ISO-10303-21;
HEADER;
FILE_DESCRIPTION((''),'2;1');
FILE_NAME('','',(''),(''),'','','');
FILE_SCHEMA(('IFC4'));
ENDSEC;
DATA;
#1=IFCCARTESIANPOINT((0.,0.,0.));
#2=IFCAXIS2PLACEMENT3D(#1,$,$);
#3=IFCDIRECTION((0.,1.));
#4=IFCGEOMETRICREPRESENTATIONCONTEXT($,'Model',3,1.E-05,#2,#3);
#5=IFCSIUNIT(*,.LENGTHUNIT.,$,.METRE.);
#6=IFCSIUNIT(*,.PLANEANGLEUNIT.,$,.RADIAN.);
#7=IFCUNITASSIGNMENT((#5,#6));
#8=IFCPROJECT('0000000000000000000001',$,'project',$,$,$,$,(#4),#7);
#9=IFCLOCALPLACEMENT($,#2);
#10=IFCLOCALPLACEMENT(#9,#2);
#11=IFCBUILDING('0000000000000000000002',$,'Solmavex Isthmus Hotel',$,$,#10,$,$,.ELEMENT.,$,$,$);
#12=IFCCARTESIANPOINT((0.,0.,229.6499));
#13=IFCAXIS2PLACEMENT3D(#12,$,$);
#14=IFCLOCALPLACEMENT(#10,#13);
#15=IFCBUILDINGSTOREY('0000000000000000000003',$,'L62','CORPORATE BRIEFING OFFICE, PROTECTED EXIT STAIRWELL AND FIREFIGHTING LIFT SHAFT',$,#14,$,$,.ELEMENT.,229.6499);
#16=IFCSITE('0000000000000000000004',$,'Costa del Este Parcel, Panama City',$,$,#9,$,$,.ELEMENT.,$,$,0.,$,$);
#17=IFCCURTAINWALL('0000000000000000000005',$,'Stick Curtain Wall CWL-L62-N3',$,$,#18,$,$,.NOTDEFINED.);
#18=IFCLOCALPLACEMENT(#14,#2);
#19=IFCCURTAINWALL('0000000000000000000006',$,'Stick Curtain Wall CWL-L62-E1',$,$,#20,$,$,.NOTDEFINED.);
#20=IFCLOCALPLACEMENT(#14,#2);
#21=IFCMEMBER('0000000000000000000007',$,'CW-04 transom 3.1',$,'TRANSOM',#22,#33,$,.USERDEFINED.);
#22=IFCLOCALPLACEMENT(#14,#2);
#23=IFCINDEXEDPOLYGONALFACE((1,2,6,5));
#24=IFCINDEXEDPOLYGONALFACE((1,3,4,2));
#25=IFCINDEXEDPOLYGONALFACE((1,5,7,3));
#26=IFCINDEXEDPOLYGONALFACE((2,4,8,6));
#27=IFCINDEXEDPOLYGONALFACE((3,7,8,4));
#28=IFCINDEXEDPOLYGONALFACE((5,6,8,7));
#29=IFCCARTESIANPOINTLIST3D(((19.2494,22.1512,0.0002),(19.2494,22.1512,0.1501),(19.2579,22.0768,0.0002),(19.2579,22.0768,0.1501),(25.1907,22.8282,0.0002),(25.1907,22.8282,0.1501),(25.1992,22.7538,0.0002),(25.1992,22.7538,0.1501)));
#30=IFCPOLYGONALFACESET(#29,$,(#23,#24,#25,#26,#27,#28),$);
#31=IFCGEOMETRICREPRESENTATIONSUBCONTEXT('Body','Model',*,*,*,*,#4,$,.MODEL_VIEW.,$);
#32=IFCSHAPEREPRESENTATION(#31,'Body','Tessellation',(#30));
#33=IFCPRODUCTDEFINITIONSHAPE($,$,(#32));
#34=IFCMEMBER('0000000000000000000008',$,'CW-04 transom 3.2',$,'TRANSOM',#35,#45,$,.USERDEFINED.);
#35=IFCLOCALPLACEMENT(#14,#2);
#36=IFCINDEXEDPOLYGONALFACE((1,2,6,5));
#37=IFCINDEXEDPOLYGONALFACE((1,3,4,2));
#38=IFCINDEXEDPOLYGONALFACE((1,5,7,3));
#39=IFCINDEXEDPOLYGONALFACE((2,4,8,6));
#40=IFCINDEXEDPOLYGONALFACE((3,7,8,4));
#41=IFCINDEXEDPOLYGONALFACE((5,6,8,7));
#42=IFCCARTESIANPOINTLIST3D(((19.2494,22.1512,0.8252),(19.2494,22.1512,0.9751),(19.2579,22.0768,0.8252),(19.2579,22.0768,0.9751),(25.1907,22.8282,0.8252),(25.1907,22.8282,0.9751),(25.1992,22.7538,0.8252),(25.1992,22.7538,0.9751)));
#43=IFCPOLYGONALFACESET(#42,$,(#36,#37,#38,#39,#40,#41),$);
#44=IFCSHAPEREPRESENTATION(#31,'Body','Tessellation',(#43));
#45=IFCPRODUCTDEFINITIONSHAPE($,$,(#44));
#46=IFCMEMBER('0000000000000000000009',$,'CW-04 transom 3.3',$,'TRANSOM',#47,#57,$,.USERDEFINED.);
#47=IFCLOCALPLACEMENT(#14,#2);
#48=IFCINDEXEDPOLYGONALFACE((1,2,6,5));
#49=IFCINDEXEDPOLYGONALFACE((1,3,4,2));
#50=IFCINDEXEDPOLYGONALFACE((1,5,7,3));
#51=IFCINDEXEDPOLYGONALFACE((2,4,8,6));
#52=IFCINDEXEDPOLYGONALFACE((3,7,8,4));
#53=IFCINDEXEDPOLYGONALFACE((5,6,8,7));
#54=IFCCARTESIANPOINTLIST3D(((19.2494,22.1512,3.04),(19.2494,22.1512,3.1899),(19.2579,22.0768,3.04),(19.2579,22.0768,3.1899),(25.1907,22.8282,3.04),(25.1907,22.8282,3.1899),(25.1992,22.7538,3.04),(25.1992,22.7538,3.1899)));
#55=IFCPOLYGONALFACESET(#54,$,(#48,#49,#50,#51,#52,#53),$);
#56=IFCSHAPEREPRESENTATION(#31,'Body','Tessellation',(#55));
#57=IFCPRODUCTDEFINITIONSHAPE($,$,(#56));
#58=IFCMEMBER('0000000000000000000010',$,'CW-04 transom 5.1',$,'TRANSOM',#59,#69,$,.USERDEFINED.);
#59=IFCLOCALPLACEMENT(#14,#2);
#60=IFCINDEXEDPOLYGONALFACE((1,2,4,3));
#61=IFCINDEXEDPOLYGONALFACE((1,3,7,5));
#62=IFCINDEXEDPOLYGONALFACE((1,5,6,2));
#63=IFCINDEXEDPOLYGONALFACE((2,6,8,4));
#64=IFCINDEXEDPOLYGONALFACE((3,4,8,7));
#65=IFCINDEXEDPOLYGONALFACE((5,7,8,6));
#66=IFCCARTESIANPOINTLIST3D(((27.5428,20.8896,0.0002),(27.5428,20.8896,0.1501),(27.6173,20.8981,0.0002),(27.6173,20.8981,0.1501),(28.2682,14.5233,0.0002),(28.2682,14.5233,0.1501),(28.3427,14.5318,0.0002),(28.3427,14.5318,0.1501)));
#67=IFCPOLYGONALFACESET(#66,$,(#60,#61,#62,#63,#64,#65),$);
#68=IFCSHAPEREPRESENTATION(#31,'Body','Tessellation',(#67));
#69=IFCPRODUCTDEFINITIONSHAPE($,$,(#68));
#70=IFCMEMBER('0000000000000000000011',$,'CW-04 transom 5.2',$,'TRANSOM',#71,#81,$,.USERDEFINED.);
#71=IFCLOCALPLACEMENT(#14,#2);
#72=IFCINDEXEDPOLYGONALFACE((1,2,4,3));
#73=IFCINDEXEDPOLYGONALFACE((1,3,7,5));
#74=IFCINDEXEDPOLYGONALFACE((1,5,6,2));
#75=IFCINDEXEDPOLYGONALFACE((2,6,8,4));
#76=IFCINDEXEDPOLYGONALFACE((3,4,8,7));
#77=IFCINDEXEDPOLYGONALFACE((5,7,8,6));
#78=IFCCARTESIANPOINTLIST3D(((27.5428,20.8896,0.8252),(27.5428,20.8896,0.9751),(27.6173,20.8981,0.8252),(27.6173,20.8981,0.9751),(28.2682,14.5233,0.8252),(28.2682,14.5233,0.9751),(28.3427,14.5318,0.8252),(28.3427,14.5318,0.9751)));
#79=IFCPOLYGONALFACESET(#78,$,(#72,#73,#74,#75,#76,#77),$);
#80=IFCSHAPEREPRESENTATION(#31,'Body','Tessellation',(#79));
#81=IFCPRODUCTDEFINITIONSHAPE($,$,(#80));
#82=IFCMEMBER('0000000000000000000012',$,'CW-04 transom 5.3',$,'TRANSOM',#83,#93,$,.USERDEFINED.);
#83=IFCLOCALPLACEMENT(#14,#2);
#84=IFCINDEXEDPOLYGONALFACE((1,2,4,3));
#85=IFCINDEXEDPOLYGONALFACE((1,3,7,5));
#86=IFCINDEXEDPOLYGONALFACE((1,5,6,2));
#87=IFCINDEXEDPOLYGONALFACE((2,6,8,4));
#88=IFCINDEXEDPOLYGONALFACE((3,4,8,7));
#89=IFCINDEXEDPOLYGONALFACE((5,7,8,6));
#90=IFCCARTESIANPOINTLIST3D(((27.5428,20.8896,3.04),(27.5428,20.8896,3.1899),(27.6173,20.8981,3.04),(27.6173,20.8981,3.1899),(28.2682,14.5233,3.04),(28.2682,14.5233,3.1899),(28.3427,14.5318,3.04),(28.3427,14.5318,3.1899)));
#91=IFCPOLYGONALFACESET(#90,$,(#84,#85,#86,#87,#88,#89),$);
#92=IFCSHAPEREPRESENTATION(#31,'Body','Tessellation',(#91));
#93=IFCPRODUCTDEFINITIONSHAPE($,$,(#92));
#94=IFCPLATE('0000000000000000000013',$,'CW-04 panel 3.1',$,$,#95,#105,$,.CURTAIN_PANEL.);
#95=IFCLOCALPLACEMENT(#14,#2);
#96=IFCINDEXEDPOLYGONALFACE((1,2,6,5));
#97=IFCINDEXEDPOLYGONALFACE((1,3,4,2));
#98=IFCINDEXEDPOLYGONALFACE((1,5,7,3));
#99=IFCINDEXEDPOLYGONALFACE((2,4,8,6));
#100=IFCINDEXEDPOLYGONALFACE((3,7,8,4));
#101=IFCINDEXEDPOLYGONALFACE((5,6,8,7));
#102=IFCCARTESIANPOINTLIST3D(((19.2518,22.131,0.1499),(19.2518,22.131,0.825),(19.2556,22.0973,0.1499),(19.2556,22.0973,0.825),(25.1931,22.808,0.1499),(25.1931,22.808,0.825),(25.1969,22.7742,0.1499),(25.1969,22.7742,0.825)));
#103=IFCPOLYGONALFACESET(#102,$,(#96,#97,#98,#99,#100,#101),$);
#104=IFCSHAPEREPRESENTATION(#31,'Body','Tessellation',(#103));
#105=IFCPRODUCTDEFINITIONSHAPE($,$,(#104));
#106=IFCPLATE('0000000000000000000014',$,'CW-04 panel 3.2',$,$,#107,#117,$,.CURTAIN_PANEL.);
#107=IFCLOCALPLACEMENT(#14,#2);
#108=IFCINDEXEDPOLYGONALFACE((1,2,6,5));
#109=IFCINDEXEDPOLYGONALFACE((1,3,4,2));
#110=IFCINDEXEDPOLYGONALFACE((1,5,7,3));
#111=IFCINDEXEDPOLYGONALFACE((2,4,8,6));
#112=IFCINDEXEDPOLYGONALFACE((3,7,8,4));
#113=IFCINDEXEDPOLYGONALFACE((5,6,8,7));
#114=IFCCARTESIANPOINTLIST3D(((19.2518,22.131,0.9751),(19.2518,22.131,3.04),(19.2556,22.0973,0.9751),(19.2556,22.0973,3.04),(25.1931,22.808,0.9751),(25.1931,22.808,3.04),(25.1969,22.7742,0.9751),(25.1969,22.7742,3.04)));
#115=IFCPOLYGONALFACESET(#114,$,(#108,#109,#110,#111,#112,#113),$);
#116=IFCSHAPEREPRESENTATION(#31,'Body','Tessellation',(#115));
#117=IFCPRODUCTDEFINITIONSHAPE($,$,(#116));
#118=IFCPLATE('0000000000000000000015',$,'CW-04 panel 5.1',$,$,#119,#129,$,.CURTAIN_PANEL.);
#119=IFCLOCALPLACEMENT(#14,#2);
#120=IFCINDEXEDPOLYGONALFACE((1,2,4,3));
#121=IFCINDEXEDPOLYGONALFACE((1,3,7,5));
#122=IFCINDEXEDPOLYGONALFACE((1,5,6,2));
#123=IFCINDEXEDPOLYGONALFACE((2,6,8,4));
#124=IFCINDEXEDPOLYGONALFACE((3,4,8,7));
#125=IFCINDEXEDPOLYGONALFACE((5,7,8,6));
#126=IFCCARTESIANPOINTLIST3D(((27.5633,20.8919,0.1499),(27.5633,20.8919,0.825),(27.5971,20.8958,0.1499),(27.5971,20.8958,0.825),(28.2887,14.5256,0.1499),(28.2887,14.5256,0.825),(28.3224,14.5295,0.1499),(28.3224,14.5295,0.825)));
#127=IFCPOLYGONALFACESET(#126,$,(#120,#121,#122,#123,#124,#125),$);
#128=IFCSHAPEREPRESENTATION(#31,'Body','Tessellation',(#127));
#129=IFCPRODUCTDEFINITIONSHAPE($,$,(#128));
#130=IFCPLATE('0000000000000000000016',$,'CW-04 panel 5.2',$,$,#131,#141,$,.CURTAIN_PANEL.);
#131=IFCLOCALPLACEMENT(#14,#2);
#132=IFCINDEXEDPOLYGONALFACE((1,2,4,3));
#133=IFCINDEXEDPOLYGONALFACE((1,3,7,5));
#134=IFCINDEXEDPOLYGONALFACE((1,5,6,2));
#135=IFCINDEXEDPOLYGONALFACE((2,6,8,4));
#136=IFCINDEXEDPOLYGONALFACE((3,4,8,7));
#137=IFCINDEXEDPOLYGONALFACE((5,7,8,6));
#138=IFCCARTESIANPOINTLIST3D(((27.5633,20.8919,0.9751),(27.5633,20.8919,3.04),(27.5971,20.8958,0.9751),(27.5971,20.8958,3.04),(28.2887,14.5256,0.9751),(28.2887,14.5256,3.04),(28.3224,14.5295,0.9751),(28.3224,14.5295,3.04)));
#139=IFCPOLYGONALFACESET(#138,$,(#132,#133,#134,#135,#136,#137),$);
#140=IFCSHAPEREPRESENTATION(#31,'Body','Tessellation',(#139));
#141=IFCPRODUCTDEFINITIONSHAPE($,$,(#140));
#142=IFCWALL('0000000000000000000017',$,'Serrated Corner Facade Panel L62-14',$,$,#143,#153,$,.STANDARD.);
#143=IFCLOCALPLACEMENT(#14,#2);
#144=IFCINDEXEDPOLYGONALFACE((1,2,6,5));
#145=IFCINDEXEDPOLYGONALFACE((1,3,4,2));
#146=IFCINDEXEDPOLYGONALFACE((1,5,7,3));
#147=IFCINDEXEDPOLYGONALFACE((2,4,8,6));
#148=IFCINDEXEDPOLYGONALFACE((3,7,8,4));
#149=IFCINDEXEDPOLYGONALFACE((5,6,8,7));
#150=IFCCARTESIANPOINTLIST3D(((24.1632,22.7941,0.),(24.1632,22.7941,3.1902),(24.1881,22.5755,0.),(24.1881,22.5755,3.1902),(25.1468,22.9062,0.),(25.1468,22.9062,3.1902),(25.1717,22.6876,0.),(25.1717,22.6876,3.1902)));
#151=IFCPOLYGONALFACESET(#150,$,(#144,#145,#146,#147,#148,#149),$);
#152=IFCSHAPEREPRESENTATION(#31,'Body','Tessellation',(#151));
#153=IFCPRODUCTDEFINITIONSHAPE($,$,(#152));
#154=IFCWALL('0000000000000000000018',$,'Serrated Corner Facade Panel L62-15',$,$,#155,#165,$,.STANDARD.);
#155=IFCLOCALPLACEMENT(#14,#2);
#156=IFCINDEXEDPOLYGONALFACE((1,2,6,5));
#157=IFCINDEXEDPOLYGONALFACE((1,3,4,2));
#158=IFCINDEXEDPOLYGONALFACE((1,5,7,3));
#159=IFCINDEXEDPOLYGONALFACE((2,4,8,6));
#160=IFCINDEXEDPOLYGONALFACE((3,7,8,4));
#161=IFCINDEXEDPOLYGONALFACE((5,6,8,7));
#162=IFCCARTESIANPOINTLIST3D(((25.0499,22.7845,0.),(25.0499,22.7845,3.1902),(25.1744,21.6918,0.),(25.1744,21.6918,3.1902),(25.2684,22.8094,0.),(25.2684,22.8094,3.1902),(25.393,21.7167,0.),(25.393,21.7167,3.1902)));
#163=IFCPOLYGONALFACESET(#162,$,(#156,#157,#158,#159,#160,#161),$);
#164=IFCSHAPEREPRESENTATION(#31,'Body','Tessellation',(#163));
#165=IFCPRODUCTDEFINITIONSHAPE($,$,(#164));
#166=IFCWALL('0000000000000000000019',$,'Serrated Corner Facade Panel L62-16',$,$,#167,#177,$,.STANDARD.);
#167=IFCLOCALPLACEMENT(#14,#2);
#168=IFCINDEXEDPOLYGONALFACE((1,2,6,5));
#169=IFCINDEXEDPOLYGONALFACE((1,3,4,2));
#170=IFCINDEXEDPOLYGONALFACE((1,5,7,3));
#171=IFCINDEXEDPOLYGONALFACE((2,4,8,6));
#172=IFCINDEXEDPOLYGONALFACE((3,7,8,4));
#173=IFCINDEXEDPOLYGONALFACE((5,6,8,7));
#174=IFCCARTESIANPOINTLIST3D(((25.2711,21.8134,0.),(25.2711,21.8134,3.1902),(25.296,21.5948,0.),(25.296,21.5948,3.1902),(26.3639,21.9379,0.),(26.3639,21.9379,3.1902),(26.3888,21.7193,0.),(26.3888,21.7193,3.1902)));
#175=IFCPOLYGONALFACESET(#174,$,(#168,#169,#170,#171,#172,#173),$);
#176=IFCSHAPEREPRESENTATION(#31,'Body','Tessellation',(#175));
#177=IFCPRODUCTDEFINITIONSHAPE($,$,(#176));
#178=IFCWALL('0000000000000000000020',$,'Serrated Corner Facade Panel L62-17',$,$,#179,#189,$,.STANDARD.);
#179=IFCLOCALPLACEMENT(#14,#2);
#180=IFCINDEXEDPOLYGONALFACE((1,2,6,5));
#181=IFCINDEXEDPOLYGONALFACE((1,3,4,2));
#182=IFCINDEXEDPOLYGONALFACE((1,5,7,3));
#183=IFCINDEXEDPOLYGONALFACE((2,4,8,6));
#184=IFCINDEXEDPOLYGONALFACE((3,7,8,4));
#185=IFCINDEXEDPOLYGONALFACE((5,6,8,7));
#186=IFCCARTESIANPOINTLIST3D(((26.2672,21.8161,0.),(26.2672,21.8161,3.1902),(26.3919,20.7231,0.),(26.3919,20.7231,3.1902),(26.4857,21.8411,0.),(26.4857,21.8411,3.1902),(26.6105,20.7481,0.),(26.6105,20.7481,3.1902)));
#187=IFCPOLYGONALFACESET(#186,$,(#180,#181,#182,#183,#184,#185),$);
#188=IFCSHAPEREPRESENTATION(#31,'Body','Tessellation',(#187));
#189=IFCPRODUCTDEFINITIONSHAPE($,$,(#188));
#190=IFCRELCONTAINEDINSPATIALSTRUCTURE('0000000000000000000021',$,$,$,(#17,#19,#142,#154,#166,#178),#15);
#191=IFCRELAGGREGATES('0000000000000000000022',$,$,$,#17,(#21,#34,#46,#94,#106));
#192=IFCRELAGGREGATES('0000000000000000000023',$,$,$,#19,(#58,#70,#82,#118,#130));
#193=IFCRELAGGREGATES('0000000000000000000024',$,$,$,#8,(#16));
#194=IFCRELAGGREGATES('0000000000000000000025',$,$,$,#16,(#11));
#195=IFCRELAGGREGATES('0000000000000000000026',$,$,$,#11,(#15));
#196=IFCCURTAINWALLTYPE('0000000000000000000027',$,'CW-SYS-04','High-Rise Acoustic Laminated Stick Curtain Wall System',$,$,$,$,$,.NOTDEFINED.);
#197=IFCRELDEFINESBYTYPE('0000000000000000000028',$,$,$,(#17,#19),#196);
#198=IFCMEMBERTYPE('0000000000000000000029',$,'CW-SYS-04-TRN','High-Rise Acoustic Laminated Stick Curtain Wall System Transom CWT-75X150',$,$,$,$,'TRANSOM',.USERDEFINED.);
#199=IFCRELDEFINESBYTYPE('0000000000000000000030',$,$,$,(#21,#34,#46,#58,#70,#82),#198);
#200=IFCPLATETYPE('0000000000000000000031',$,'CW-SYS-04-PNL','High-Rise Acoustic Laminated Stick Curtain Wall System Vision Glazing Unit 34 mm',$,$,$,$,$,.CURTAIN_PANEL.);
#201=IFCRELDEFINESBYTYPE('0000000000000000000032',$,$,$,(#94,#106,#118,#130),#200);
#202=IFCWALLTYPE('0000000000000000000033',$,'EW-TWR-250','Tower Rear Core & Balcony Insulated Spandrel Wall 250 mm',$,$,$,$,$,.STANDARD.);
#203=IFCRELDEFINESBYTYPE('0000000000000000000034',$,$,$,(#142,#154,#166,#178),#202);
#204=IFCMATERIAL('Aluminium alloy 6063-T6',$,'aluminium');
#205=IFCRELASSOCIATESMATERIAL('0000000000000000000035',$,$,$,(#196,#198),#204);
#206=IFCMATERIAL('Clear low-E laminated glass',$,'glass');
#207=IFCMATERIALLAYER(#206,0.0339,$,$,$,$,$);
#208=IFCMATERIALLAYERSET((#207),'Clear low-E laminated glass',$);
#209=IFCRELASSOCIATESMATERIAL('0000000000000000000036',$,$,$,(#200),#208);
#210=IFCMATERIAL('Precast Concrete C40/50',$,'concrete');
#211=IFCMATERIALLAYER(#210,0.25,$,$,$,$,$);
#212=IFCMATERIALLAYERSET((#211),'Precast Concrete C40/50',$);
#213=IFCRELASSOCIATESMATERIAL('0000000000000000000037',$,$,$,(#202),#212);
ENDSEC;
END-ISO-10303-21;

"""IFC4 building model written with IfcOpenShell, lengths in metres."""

from ifc_helpers import new_model, si_unit, direction, frame, frame_2d, origin, origin_2d, place, context, subcontext, project, spatial, rectangle, extrude, material, layer, layer_set, material_profile, profile_set, type_object, element, aggregate, save


model = new_model("IFC4")

# Units and contexts
model_context = context("Model", 3, precision=1e-05, world=origin(), true_north=direction((0.0, 1.0)))
body_context = subcontext(model_context, "Body", "Model", "MODEL_VIEW")
ifc_project = project(units=[si_unit("LENGTHUNIT", "METRE"), si_unit("PLANEANGLEUNIT", "RADIAN")], contexts=[model_context])

# Site, building, storey
site_placement = place(None, origin())
site = spatial("IfcSite", under=ifc_project, at=site_placement, Name="Costa del Este Parcel, Panama City", CompositionType="ELEMENT", RefElevation=0.0)
building_placement = place(site_placement, origin())
building = spatial("IfcBuilding", under=site, at=building_placement, Name="Solmavex Isthmus Hotel", CompositionType="ELEMENT")
storey_placement = place(building_placement, frame((0.0, 0.0, 229.6499)))
storey = spatial("IfcBuildingStorey", under=building, at=storey_placement, Name="L62", Description="CORPORATE BRIEFING OFFICE, PROTECTED EXIT STAIRWELL AND FIREFIGHTING LIFT SHAFT", CompositionType="ELEMENT", Elevation=229.6499)

# Curtain wall
ifc_material_1 = material(Name="Aluminium alloy 6063-T6", Category="aluminium")
curtain_wall_type = type_object("IfcCurtainWallType", Name="CW-SYS-04", Description="High-Rise Acoustic Laminated Stick Curtain Wall System", PredefinedType="NOTDEFINED", material=ifc_material_1)
curtain_wall_1_placement = place(storey_placement, origin())
curtain_wall_1 = element("IfcCurtainWall", 1, at=curtain_wall_1_placement, inside=storey, type_object=curtain_wall_type, Name="Stick Curtain Wall CWL-L62-N3", PredefinedType="NOTDEFINED")

# Curtain wall
curtain_wall_2_placement = place(storey_placement, origin())
curtain_wall_2 = element("IfcCurtainWall", 2, at=curtain_wall_2_placement, inside=storey, type_object=curtain_wall_type, Name="Stick Curtain Wall CWL-L62-E1", PredefinedType="NOTDEFINED")

# Members
ifc_material_profile_1 = material_profile(ifc_material_1, rectangle(XDim=0.075, YDim=0.1499, at=origin_2d()), Name="CWT-75X150")
ifc_profile_set_1 = profile_set([ifc_material_profile_1], Name="Aluminium alloy 6063-T6")
member_type_1 = type_object("IfcMemberType", Name="CW-SYS-04-TRN", Description="High-Rise Acoustic Laminated Stick Curtain Wall System Transom CWT-75X150", ElementType="TRANSOM", PredefinedType="USERDEFINED", material=ifc_profile_set_1)
member_1_placement = place(storey_placement, frame((19.2537, 22.114, 0.0752), z_axis=(0.993571, 0.113214, 0.0), x_axis=(-0.113214, 0.993571, 0.0)))
member_1 = element("IfcMember", 3, at=member_1_placement, type_object=member_type_1, Name="CW-04 transom 3.1", ObjectType="TRANSOM", PredefinedType="USERDEFINED", context=body_context, shape_type="SweptSolid", body=[
    extrude(rectangle(XDim=0.075, YDim=0.1499, at=origin_2d()), origin(), (0.0, 0.0, 1.0), 5.9797),
])
member_2_placement = place(storey_placement, frame((19.2537, 22.114, 0.9001), z_axis=(0.993571, 0.113214, 0.0), x_axis=(-0.113214, 0.993571, 0.0)))
member_2 = element("IfcMember", 4, at=member_2_placement, type_object=member_type_1, Name="CW-04 transom 3.2", ObjectType="TRANSOM", PredefinedType="USERDEFINED", context=body_context, shape_type="SweptSolid", body=[
    extrude(rectangle(XDim=0.075, YDim=0.1499, at=origin_2d()), origin(), (0.0, 0.0, 1.0), 5.9797),
])
member_3_placement = place(storey_placement, frame((19.2537, 22.114, 3.115), z_axis=(0.993571, 0.113214, 0.0), x_axis=(-0.113214, 0.993571, 0.0)))
member_3 = element("IfcMember", 5, at=member_3_placement, type_object=member_type_1, Name="CW-04 transom 3.3", ObjectType="TRANSOM", PredefinedType="USERDEFINED", context=body_context, shape_type="SweptSolid", body=[
    extrude(rectangle(XDim=0.075, YDim=0.1499, at=origin_2d()), origin(), (0.0, 0.0, 1.0), 5.9797),
])
member_4_placement = place(storey_placement, frame((28.3054, 14.5276, 0.0752), z_axis=(-0.113204, 0.993572, 0.0), x_axis=(-0.993572, -0.113204, 0.0)))
member_4 = element("IfcMember", 6, at=member_4_placement, type_object=member_type_1, Name="CW-04 transom 5.1", ObjectType="TRANSOM", PredefinedType="USERDEFINED", context=body_context, shape_type="SweptSolid", body=[
    extrude(rectangle(XDim=0.075, YDim=0.1499, at=origin_2d()), origin(), (0.0, 0.0, 1.0), 6.4075),
])
member_5_placement = place(storey_placement, frame((28.3054, 14.5276, 0.9001), z_axis=(-0.113204, 0.993572, 0.0), x_axis=(-0.993572, -0.113204, 0.0)))
member_5 = element("IfcMember", 7, at=member_5_placement, type_object=member_type_1, Name="CW-04 transom 5.2", ObjectType="TRANSOM", PredefinedType="USERDEFINED", context=body_context, shape_type="SweptSolid", body=[
    extrude(rectangle(XDim=0.075, YDim=0.1499, at=origin_2d()), origin(), (0.0, 0.0, 1.0), 6.4075),
])
member_6_placement = place(storey_placement, frame((28.3054, 14.5276, 3.115), z_axis=(-0.113204, 0.993572, 0.0), x_axis=(-0.993572, -0.113204, 0.0)))
member_6 = element("IfcMember", 8, at=member_6_placement, type_object=member_type_1, Name="CW-04 transom 5.3", ObjectType="TRANSOM", PredefinedType="USERDEFINED", context=body_context, shape_type="SweptSolid", body=[
    extrude(rectangle(XDim=0.075, YDim=0.1499, at=origin_2d()), origin(), (0.0, 0.0, 1.0), 6.4075),
])

# Plates
ifc_material_2 = material(Name="Clear low-E laminated glass", Category="glass")
ifc_layer_1 = layer(ifc_material_2, 0.0339)
ifc_layer_set_1 = layer_set([ifc_layer_1], Name="Clear low-E laminated glass")
plate_type = type_object("IfcPlateType", Name="CW-SYS-04-PNL", Description="High-Rise Acoustic Laminated Stick Curtain Wall System Vision Glazing Unit 34 mm", PredefinedType="CURTAIN_PANEL", material=ifc_layer_set_1)
plate_1_placement = place(storey_placement, frame((22.2244, 22.4526, 0.1499), z_axis=(0.0, 0.0, 1.0), x_axis=(0.993572, 0.113203, 0.0)))
plate_1 = element("IfcPlate", 9, at=plate_1_placement, type_object=plate_type, Name="CW-04 panel 3.1", PredefinedType="CURTAIN_PANEL", context=body_context, shape_type="SweptSolid", body=[
    extrude(rectangle(XDim=5.9797, YDim=0.0339, at=origin_2d()), origin(), (0.0, 0.0, 1.0), 0.675),
])
plate_2_placement = place(storey_placement, frame((22.2244, 22.4526, 0.9751), z_axis=(0.0, 0.0, 1.0), x_axis=(0.993572, 0.113203, 0.0)))
plate_2 = element("IfcPlate", 10, at=plate_2_placement, type_object=plate_type, Name="CW-04 panel 3.2", PredefinedType="CURTAIN_PANEL", context=body_context, shape_type="SweptSolid", body=[
    extrude(rectangle(XDim=5.9797, YDim=0.0339, at=origin_2d()), origin(), (0.0, 0.0, 1.0), 2.0649),
])
aggregate(curtain_wall_1, [member_1, member_2, member_3, plate_1, plate_2])
plate_3_placement = place(storey_placement, frame((27.9429, 17.7107, 0.1499), z_axis=(0.0, 0.0, 1.0), x_axis=(-0.113203, 0.993572, 0.0)))
plate_3 = element("IfcPlate", 11, at=plate_3_placement, type_object=plate_type, Name="CW-04 panel 5.1", PredefinedType="CURTAIN_PANEL", context=body_context, shape_type="SweptSolid", body=[
    extrude(rectangle(XDim=6.4075, YDim=0.0339, at=origin_2d()), origin(), (0.0, 0.0, 1.0), 0.675),
])
plate_4_placement = place(storey_placement, frame((27.9429, 17.7107, 0.9751), z_axis=(0.0, 0.0, 1.0), x_axis=(-0.113203, 0.993572, 0.0)))
plate_4 = element("IfcPlate", 12, at=plate_4_placement, type_object=plate_type, Name="CW-04 panel 5.2", PredefinedType="CURTAIN_PANEL", context=body_context, shape_type="SweptSolid", body=[
    extrude(rectangle(XDim=6.4075, YDim=0.0339, at=origin_2d()), origin(), (0.0, 0.0, 1.0), 2.0649),
])
aggregate(curtain_wall_2, [member_4, member_5, member_6, plate_3, plate_4])

# Walls
ifc_material_3 = material(Name="Precast Concrete C40/50", Category="concrete")
ifc_layer_2 = layer(ifc_material_3, 0.25)
ifc_layer_set_2 = layer_set([ifc_layer_2], Name="Precast Concrete C40/50")
wall_type_1 = type_object("IfcWallType", Name="EW-TWR-250", Description="Tower Rear Core & Balcony Insulated Spandrel Wall 250 mm", PredefinedType="STANDARD", material=ifc_layer_set_2)
wall_1_placement = place(storey_placement, frame((24.1755, 22.6848, 0.0), z_axis=(0.0, 0.0, 1.0), x_axis=(0.993573, 0.113192, 0.0)))
element("IfcWall", 13, at=wall_1_placement, inside=storey, type_object=wall_type_1, Name="Serrated Corner Facade Panel L62-14", PredefinedType="STANDARD", context=body_context, shape_type="SweptSolid", body=[
    extrude(rectangle(XDim=0.99, YDim=0.22, at=frame_2d((0.4951, 0.0))), origin(), (0.0, 0.0, 1.0), 3.1902),
])
for number, where, z_axis, x_axis, name in (
    (14, (25.1592, 22.7969, 0.0), (0.0, 0.0, 1.0), (0.113209, -0.993571, 0.0), "Serrated Corner Facade Panel L62-15"),
    (15, (25.2837, 21.7041, 0.0), (0.0, 0.0, 1.0), (0.993571, 0.113209, 0.0), "Serrated Corner Facade Panel L62-16"),
):
    element("IfcWall", number, at=place(storey_placement, frame(where, z_axis=z_axis, x_axis=x_axis)), inside=storey, type_object=wall_type_1, Name=name, PredefinedType="STANDARD", context=body_context, shape_type="SweptSolid", body=[
        extrude(rectangle(XDim=1.0999, YDim=0.22, at=frame_2d((0.5498, 0.0))), origin(), (0.0, 0.0, 1.0), 3.1902),
    ])
wall_2_placement = place(storey_placement, frame((26.3765, 21.8286, 0.0), z_axis=(0.0, 0.0, 1.0), x_axis=(0.113403, -0.993549, 0.0)))
element("IfcWall", 16, at=wall_2_placement, inside=storey, type_object=wall_type_1, Name="Serrated Corner Facade Panel L62-17", PredefinedType="STANDARD", context=body_context, shape_type="SweptSolid", body=[
    extrude(rectangle(XDim=1.1001, YDim=0.22, at=frame_2d((0.55, 0.0))), origin(), (0.0, 0.0, 1.0), 3.1902),
])

save(model, "model.ifc")
